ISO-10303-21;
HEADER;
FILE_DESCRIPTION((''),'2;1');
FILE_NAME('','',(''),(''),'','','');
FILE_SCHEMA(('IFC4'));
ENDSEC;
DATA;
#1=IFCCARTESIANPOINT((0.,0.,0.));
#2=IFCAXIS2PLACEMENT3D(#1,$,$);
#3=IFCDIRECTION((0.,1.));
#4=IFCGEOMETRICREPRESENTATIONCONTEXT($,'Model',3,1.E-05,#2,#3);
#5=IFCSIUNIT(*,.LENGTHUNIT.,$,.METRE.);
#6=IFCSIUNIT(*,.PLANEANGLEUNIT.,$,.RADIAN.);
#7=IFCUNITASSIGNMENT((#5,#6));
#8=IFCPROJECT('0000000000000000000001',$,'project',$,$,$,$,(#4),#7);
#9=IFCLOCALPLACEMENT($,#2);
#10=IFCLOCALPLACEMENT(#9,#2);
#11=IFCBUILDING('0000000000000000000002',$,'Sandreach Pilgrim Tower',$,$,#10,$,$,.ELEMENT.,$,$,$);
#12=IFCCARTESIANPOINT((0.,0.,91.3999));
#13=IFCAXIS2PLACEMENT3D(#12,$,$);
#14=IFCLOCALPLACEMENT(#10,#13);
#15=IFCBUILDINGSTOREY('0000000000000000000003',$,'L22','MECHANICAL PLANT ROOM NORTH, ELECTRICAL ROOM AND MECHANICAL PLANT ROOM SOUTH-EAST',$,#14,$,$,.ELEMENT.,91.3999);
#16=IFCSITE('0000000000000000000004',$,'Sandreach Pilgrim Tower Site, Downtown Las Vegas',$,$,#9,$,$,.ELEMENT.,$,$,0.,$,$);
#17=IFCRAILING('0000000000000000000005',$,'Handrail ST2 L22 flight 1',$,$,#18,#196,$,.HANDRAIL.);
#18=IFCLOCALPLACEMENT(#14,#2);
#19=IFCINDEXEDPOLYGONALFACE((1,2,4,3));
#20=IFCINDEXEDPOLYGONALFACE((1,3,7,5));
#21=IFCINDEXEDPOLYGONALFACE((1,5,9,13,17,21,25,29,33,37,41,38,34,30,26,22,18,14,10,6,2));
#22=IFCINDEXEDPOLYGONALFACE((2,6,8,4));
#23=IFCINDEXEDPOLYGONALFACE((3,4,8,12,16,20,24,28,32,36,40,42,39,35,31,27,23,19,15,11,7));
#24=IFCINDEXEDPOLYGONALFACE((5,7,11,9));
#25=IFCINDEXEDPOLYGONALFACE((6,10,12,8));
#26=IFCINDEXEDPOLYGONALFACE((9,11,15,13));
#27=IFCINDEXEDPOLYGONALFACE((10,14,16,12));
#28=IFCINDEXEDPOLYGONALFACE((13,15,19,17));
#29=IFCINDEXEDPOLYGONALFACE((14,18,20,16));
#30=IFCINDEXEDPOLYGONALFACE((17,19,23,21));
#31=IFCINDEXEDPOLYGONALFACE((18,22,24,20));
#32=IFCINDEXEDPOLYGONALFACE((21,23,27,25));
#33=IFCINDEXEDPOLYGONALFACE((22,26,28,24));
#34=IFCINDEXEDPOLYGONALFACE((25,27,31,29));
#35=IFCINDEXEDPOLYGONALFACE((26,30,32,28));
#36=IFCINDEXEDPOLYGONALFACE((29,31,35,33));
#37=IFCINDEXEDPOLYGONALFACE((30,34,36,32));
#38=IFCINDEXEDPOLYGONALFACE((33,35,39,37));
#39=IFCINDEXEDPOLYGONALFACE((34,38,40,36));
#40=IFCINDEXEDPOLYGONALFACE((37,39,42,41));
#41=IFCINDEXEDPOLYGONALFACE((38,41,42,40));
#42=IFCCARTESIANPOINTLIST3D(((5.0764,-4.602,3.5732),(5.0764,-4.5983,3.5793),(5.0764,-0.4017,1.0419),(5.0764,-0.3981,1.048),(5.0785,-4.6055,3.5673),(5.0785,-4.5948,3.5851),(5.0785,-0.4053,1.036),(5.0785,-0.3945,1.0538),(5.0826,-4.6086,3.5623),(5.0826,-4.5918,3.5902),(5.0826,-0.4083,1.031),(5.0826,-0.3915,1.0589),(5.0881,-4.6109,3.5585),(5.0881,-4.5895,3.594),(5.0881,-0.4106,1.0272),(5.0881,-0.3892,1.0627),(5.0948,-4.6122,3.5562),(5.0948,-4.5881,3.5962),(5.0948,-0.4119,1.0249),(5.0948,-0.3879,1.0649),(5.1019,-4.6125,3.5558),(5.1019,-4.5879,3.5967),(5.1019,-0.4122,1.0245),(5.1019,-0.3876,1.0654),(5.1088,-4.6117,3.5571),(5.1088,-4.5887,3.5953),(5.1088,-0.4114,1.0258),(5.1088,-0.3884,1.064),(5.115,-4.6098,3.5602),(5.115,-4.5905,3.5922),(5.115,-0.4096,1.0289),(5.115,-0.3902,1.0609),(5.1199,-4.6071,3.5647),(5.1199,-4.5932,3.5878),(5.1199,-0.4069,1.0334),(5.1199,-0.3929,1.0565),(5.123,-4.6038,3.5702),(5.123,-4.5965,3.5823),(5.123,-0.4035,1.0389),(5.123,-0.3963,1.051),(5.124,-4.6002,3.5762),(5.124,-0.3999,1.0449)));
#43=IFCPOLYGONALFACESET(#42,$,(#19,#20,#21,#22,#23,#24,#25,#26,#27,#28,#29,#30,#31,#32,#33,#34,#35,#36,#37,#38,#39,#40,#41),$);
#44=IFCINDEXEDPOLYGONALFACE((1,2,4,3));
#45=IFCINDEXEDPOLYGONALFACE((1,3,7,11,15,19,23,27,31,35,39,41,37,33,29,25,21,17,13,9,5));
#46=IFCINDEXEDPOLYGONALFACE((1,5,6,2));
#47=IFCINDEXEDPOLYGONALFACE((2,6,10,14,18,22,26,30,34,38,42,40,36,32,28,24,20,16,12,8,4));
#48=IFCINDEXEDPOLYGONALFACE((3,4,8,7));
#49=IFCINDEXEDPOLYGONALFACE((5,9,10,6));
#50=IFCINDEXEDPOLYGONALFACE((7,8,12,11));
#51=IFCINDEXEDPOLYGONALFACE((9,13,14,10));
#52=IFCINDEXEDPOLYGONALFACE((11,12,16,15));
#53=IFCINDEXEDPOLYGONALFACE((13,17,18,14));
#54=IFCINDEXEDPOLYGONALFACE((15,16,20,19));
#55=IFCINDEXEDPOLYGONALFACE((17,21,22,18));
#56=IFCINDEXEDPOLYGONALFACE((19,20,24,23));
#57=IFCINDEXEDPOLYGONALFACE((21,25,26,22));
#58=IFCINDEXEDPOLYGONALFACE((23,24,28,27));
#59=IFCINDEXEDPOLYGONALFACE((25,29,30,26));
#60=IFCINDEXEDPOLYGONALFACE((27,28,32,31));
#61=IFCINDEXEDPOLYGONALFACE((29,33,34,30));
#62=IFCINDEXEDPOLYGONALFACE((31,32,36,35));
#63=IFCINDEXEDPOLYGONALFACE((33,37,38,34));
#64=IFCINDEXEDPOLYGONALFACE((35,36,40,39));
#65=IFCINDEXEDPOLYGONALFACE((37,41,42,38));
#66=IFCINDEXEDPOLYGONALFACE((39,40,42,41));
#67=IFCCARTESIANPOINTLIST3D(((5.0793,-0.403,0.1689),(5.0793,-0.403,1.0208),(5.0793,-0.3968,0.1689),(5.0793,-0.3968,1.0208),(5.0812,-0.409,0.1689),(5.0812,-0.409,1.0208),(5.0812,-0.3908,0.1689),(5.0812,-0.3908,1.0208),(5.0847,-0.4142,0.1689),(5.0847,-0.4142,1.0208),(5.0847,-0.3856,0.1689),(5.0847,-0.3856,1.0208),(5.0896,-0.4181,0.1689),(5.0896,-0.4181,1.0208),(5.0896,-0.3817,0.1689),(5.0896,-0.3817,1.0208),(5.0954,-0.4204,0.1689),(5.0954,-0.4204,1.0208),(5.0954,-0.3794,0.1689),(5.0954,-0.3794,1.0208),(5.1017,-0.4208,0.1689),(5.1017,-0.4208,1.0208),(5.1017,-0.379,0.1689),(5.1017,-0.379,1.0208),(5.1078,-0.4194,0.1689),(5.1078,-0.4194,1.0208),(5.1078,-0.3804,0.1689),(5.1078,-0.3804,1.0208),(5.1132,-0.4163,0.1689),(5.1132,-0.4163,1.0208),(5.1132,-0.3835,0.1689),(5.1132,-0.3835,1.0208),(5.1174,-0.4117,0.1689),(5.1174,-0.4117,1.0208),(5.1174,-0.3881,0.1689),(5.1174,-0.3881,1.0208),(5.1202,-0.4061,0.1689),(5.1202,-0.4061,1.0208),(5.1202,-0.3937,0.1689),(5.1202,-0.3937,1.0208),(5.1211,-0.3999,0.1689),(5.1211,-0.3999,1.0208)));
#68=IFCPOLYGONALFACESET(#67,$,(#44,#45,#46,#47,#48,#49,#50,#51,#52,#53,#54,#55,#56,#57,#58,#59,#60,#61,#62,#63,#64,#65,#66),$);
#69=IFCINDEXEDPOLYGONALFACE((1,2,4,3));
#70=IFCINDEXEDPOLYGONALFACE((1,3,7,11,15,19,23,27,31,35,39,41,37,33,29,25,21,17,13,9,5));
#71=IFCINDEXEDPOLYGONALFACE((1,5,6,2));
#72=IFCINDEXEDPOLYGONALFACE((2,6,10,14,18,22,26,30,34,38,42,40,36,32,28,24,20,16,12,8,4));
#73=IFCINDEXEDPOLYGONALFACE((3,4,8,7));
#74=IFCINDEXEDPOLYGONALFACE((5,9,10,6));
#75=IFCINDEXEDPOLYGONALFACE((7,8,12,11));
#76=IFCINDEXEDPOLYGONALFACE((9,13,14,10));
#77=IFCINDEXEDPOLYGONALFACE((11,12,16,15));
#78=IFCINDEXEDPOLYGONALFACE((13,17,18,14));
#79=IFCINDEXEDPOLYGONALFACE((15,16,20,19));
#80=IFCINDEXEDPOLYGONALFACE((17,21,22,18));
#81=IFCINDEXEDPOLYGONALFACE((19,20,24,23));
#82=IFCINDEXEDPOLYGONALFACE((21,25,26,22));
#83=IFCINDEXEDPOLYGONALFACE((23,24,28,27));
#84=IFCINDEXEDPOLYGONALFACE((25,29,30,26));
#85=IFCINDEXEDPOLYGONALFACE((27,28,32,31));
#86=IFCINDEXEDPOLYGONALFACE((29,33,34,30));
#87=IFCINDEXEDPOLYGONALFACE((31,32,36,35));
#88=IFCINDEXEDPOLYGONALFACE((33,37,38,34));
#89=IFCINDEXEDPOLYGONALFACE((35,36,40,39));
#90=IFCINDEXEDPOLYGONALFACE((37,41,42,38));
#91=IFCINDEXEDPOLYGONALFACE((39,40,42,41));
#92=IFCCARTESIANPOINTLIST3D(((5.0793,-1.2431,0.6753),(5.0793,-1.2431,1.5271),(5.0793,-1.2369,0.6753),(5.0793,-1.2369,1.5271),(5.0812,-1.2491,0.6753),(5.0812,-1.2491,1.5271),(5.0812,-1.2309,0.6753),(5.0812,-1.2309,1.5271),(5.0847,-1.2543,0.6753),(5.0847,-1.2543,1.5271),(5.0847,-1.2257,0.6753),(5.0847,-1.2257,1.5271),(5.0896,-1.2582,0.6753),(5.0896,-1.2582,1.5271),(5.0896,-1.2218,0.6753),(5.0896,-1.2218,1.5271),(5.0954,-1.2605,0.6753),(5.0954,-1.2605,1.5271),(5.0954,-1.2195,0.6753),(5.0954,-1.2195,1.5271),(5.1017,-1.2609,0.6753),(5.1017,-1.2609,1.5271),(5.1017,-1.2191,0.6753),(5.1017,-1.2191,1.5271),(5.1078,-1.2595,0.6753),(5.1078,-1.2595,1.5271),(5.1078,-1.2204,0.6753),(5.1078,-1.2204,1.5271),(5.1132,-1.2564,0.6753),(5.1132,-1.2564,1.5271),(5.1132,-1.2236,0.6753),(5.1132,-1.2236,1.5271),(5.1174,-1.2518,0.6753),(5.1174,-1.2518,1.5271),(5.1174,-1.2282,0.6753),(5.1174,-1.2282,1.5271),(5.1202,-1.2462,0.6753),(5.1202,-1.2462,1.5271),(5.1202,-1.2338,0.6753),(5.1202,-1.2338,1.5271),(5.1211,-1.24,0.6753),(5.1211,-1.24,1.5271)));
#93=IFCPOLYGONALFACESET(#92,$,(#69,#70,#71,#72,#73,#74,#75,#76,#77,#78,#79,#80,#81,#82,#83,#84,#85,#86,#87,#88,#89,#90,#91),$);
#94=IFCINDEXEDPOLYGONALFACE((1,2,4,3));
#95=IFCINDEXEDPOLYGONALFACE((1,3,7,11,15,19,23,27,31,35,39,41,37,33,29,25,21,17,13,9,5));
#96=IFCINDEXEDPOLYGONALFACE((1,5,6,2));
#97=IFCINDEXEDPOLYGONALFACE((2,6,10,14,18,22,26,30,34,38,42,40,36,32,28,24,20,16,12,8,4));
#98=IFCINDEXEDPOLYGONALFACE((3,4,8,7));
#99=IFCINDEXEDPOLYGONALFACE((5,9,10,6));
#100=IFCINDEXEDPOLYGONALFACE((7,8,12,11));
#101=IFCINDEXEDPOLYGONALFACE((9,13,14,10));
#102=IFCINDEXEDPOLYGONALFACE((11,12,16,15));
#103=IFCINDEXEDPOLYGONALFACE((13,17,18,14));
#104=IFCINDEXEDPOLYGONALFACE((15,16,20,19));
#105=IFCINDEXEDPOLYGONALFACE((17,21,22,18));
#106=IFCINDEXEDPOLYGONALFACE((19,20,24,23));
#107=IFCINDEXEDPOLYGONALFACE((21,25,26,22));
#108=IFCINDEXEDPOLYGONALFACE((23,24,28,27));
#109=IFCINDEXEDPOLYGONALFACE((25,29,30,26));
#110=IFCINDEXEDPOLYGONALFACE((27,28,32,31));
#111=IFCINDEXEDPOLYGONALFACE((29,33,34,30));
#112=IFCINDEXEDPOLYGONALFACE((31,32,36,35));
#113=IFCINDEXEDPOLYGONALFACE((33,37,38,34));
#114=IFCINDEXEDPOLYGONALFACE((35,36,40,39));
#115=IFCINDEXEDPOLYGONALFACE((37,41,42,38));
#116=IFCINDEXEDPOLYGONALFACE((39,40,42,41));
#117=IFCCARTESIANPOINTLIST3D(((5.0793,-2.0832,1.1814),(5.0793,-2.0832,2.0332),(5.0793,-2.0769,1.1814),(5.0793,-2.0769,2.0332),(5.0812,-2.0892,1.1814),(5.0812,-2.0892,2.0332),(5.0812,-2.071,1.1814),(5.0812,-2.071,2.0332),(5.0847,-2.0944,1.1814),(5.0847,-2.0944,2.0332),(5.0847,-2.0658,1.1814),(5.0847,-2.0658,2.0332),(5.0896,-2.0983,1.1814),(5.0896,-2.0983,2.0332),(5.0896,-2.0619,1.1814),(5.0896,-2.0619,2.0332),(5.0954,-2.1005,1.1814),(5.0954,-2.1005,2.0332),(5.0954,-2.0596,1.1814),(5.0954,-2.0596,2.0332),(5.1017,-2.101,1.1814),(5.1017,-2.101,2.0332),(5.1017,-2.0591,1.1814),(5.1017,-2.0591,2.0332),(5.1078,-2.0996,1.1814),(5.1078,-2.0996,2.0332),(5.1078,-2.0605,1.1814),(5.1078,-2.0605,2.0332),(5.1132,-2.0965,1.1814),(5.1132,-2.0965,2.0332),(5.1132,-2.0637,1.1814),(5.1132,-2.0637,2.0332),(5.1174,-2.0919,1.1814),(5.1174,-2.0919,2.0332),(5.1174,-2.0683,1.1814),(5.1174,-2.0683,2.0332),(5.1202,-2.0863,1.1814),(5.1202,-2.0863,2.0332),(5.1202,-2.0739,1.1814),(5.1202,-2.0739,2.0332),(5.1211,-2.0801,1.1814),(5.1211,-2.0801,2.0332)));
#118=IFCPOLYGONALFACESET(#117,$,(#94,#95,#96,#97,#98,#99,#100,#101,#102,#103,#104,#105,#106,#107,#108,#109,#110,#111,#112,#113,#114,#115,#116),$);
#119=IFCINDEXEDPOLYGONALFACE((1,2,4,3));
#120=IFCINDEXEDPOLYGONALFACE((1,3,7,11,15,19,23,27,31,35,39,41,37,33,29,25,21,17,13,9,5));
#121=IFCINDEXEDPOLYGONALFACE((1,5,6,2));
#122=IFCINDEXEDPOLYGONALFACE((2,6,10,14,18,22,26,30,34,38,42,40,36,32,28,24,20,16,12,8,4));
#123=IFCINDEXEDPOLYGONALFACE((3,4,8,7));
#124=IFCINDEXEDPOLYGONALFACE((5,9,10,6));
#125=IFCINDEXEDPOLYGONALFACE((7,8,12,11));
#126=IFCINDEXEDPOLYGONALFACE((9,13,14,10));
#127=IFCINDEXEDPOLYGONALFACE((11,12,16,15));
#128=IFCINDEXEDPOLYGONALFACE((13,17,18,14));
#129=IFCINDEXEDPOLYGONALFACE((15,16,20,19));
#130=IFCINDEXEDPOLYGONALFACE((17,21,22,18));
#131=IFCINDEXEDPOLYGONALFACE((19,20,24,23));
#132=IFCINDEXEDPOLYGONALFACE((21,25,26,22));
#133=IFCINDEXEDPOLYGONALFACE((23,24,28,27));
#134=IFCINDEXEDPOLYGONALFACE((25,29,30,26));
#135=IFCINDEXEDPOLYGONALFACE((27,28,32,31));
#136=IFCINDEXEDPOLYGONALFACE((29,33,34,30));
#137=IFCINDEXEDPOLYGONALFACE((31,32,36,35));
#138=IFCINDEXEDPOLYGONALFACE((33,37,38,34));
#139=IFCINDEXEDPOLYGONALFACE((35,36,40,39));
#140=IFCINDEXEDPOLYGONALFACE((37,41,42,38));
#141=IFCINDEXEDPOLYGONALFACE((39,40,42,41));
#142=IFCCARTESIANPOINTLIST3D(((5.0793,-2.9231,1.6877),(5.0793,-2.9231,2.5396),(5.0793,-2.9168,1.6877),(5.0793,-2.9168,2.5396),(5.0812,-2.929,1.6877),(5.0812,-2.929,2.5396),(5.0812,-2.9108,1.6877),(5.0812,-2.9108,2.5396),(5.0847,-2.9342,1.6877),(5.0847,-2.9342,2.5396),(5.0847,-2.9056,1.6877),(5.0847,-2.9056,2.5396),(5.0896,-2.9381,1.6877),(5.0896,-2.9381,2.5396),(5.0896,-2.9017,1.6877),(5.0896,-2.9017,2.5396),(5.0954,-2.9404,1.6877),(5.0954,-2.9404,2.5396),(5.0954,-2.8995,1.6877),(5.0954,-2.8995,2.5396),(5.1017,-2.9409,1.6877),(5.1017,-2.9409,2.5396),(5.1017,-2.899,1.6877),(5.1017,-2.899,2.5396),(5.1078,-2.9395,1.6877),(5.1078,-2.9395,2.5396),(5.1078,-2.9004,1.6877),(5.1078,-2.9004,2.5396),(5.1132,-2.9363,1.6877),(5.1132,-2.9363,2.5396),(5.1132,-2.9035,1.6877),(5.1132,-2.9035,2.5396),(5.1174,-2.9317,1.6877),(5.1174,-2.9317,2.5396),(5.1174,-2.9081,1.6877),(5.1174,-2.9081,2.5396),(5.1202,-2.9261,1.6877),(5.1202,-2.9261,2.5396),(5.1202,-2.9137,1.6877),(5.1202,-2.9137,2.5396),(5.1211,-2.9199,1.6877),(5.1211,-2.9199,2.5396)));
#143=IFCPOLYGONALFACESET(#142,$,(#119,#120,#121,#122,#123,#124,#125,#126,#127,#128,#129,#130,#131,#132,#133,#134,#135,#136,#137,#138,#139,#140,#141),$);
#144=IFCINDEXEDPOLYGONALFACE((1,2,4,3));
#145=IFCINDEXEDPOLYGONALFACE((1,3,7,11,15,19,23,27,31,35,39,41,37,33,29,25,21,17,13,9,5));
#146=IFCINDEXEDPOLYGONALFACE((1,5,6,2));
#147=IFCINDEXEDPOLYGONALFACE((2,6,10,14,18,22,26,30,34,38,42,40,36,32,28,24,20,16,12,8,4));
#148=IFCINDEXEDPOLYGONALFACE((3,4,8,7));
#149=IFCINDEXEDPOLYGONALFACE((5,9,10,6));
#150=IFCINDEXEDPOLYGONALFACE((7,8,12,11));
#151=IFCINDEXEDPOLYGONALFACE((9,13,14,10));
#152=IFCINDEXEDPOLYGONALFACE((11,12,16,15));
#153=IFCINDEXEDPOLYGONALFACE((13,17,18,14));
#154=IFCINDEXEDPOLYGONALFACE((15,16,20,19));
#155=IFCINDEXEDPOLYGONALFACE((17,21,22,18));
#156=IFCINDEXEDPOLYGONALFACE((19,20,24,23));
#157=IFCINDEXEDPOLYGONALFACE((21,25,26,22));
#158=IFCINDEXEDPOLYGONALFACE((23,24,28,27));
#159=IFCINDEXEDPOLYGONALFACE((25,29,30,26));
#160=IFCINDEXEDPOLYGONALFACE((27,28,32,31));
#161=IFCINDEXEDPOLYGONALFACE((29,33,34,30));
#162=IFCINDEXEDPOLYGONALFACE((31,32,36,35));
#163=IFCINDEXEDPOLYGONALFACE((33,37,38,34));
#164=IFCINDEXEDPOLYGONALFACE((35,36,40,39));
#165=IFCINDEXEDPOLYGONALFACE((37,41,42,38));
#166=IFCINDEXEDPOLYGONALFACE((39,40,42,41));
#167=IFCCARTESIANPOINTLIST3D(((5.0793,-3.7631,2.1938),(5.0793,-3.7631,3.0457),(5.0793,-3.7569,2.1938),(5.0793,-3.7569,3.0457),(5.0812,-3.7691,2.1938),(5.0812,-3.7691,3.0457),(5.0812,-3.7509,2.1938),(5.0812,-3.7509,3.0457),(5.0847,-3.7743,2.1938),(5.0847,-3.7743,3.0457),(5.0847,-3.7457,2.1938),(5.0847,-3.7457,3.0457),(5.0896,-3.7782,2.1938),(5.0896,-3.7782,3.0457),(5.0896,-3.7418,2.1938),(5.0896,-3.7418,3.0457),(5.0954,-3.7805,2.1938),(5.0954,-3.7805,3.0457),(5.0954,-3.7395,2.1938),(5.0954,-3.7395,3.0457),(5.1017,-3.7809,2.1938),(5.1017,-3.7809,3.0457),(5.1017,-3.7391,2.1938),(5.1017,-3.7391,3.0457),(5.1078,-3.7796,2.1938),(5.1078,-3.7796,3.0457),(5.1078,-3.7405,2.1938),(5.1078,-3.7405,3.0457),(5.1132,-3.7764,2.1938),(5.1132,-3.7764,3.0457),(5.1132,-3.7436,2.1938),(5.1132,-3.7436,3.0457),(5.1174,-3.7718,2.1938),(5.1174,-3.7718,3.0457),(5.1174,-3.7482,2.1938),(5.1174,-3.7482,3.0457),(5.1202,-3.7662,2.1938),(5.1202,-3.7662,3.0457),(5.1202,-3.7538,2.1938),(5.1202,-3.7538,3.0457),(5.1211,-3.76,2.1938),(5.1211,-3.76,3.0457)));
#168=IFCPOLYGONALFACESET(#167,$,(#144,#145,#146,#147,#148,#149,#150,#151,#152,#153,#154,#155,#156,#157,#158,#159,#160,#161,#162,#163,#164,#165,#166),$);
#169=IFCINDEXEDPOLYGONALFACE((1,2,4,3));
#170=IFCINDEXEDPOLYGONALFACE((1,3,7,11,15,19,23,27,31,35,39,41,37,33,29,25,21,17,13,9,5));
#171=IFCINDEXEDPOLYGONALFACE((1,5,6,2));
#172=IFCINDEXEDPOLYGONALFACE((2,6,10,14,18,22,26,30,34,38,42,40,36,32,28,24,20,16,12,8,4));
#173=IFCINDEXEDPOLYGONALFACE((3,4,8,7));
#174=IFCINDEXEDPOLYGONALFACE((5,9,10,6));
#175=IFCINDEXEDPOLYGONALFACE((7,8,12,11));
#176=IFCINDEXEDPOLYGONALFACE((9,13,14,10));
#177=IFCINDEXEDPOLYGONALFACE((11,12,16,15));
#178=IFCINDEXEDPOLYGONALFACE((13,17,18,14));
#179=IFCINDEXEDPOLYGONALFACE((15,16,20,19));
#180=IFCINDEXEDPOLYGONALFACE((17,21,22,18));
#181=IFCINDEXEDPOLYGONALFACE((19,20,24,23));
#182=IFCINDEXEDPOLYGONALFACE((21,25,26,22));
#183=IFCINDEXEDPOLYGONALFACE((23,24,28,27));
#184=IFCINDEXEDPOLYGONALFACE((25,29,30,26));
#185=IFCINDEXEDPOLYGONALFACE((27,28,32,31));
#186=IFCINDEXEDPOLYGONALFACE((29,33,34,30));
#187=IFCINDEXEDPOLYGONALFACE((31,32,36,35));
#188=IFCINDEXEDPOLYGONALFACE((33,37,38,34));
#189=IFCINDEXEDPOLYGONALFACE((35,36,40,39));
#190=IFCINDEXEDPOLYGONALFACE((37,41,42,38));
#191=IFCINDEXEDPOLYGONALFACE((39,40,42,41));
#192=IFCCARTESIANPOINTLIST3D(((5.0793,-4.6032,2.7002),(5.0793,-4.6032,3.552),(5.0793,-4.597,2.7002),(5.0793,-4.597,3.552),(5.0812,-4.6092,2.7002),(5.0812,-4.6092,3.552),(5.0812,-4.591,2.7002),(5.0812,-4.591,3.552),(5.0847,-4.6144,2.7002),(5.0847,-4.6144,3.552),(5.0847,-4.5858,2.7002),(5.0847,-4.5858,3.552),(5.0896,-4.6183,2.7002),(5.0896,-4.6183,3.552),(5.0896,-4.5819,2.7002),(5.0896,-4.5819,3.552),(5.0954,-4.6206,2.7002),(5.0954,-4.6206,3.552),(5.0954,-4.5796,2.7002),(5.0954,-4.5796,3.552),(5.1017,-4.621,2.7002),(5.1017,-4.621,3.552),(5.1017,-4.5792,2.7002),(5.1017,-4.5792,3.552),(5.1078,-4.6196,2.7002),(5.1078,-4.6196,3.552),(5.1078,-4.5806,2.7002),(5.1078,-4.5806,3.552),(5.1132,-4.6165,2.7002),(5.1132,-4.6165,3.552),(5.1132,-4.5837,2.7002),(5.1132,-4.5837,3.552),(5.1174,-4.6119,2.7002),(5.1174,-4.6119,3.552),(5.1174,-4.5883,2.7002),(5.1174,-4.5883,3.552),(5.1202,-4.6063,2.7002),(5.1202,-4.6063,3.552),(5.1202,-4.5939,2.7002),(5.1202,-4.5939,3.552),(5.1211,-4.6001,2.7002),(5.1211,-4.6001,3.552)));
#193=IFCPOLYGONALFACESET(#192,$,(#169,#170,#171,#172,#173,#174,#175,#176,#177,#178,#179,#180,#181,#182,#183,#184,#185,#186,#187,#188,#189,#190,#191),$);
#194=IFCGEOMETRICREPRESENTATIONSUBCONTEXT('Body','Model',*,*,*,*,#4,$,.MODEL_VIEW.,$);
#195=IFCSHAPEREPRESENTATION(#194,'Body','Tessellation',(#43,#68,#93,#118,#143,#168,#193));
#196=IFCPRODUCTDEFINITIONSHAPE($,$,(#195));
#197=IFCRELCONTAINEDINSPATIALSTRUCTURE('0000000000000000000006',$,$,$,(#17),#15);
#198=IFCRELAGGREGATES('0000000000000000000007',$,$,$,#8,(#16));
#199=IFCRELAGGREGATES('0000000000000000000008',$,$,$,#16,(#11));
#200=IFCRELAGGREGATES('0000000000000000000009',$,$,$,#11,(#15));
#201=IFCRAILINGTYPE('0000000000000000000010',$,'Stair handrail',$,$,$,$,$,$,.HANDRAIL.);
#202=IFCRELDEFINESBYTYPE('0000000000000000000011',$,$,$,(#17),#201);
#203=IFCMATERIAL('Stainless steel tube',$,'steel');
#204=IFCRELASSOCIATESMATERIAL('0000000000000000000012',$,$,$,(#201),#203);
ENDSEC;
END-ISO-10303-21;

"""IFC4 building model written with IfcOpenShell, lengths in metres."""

from ifc_helpers import new_model, si_unit, direction, frame, origin, origin_2d, place, context, subcontext, project, spatial, circle, extrude, material, type_object, element, save


model = new_model("IFC4")

# Units and contexts
model_context = context("Model", 3, precision=1e-05, world=origin(), true_north=direction((0.0, 1.0)))
body_context = subcontext(model_context, "Body", "Model", "MODEL_VIEW")
ifc_project = project(units=[si_unit("LENGTHUNIT", "METRE"), si_unit("PLANEANGLEUNIT", "RADIAN")], contexts=[model_context])

# Site, building, storey
site_placement = place(None, origin())
site = spatial("IfcSite", under=ifc_project, at=site_placement, Name="Sandreach Pilgrim Tower Site, Downtown Las Vegas", CompositionType="ELEMENT", RefElevation=0.0)
building_placement = place(site_placement, origin())
building = spatial("IfcBuilding", under=site, at=building_placement, Name="Sandreach Pilgrim Tower", CompositionType="ELEMENT")
storey_placement = place(building_placement, frame((0.0, 0.0, 91.3999)))
storey = spatial("IfcBuildingStorey", under=building, at=storey_placement, Name="L22", Description="MECHANICAL PLANT ROOM NORTH, ELECTRICAL ROOM AND MECHANICAL PLANT ROOM SOUTH-EAST", CompositionType="ELEMENT", Elevation=91.3999)

# Railing
ifc_material_1 = material(Name="Stainless steel tube", Category="steel")
railing_type = type_object("IfcRailingType", Name="Stair handrail", PredefinedType="HANDRAIL", material=ifc_material_1)
for number, where, name in (
    (1, (5.1001, -0.3999, 0.1689), "Handrail ST2 L22 flight 1"),
):
    element("IfcRailing", number, at=place(storey_placement, frame(where)), inside=storey, type_object=railing_type, Name=name, PredefinedType="HANDRAIL", context=body_context, shape_type="SweptSolid", body=[
        extrude(circle(Radius=0.0239, at=origin_2d()), frame((0.0, 0.0, 0.876), z_axis=(0.0, -0.85649, 0.516164), x_axis=(1.0, 0.0, 0.0)), (0.0, 0.0, 1.0), 4.9041),
        extrude(circle(Radius=0.021, at=origin_2d()), origin(), (0.0, 0.0, 1.0), 0.8518),
        extrude(circle(Radius=0.021, at=origin_2d()), frame((0.0, -0.8401, 0.5063)), (0.0, 0.0, 1.0), 0.8518),
        extrude(circle(Radius=0.021, at=origin_2d()), frame((0.0, -1.6802, 1.0125)), (0.0, 0.0, 1.0), 0.8518),
        extrude(circle(Radius=0.021, at=origin_2d()), frame((0.0, -2.52, 1.5188)), (0.0, 0.0, 1.0), 0.8518),
        extrude(circle(Radius=0.021, at=origin_2d()), frame((0.0, -3.3601, 2.0249)), (0.0, 0.0, 1.0), 0.8518),
        extrude(circle(Radius=0.021, at=origin_2d()), frame((0.0, -4.2002, 2.5312)), (0.0, 0.0, 1.0), 0.8518),
    ])

save(model, "model.ifc")
